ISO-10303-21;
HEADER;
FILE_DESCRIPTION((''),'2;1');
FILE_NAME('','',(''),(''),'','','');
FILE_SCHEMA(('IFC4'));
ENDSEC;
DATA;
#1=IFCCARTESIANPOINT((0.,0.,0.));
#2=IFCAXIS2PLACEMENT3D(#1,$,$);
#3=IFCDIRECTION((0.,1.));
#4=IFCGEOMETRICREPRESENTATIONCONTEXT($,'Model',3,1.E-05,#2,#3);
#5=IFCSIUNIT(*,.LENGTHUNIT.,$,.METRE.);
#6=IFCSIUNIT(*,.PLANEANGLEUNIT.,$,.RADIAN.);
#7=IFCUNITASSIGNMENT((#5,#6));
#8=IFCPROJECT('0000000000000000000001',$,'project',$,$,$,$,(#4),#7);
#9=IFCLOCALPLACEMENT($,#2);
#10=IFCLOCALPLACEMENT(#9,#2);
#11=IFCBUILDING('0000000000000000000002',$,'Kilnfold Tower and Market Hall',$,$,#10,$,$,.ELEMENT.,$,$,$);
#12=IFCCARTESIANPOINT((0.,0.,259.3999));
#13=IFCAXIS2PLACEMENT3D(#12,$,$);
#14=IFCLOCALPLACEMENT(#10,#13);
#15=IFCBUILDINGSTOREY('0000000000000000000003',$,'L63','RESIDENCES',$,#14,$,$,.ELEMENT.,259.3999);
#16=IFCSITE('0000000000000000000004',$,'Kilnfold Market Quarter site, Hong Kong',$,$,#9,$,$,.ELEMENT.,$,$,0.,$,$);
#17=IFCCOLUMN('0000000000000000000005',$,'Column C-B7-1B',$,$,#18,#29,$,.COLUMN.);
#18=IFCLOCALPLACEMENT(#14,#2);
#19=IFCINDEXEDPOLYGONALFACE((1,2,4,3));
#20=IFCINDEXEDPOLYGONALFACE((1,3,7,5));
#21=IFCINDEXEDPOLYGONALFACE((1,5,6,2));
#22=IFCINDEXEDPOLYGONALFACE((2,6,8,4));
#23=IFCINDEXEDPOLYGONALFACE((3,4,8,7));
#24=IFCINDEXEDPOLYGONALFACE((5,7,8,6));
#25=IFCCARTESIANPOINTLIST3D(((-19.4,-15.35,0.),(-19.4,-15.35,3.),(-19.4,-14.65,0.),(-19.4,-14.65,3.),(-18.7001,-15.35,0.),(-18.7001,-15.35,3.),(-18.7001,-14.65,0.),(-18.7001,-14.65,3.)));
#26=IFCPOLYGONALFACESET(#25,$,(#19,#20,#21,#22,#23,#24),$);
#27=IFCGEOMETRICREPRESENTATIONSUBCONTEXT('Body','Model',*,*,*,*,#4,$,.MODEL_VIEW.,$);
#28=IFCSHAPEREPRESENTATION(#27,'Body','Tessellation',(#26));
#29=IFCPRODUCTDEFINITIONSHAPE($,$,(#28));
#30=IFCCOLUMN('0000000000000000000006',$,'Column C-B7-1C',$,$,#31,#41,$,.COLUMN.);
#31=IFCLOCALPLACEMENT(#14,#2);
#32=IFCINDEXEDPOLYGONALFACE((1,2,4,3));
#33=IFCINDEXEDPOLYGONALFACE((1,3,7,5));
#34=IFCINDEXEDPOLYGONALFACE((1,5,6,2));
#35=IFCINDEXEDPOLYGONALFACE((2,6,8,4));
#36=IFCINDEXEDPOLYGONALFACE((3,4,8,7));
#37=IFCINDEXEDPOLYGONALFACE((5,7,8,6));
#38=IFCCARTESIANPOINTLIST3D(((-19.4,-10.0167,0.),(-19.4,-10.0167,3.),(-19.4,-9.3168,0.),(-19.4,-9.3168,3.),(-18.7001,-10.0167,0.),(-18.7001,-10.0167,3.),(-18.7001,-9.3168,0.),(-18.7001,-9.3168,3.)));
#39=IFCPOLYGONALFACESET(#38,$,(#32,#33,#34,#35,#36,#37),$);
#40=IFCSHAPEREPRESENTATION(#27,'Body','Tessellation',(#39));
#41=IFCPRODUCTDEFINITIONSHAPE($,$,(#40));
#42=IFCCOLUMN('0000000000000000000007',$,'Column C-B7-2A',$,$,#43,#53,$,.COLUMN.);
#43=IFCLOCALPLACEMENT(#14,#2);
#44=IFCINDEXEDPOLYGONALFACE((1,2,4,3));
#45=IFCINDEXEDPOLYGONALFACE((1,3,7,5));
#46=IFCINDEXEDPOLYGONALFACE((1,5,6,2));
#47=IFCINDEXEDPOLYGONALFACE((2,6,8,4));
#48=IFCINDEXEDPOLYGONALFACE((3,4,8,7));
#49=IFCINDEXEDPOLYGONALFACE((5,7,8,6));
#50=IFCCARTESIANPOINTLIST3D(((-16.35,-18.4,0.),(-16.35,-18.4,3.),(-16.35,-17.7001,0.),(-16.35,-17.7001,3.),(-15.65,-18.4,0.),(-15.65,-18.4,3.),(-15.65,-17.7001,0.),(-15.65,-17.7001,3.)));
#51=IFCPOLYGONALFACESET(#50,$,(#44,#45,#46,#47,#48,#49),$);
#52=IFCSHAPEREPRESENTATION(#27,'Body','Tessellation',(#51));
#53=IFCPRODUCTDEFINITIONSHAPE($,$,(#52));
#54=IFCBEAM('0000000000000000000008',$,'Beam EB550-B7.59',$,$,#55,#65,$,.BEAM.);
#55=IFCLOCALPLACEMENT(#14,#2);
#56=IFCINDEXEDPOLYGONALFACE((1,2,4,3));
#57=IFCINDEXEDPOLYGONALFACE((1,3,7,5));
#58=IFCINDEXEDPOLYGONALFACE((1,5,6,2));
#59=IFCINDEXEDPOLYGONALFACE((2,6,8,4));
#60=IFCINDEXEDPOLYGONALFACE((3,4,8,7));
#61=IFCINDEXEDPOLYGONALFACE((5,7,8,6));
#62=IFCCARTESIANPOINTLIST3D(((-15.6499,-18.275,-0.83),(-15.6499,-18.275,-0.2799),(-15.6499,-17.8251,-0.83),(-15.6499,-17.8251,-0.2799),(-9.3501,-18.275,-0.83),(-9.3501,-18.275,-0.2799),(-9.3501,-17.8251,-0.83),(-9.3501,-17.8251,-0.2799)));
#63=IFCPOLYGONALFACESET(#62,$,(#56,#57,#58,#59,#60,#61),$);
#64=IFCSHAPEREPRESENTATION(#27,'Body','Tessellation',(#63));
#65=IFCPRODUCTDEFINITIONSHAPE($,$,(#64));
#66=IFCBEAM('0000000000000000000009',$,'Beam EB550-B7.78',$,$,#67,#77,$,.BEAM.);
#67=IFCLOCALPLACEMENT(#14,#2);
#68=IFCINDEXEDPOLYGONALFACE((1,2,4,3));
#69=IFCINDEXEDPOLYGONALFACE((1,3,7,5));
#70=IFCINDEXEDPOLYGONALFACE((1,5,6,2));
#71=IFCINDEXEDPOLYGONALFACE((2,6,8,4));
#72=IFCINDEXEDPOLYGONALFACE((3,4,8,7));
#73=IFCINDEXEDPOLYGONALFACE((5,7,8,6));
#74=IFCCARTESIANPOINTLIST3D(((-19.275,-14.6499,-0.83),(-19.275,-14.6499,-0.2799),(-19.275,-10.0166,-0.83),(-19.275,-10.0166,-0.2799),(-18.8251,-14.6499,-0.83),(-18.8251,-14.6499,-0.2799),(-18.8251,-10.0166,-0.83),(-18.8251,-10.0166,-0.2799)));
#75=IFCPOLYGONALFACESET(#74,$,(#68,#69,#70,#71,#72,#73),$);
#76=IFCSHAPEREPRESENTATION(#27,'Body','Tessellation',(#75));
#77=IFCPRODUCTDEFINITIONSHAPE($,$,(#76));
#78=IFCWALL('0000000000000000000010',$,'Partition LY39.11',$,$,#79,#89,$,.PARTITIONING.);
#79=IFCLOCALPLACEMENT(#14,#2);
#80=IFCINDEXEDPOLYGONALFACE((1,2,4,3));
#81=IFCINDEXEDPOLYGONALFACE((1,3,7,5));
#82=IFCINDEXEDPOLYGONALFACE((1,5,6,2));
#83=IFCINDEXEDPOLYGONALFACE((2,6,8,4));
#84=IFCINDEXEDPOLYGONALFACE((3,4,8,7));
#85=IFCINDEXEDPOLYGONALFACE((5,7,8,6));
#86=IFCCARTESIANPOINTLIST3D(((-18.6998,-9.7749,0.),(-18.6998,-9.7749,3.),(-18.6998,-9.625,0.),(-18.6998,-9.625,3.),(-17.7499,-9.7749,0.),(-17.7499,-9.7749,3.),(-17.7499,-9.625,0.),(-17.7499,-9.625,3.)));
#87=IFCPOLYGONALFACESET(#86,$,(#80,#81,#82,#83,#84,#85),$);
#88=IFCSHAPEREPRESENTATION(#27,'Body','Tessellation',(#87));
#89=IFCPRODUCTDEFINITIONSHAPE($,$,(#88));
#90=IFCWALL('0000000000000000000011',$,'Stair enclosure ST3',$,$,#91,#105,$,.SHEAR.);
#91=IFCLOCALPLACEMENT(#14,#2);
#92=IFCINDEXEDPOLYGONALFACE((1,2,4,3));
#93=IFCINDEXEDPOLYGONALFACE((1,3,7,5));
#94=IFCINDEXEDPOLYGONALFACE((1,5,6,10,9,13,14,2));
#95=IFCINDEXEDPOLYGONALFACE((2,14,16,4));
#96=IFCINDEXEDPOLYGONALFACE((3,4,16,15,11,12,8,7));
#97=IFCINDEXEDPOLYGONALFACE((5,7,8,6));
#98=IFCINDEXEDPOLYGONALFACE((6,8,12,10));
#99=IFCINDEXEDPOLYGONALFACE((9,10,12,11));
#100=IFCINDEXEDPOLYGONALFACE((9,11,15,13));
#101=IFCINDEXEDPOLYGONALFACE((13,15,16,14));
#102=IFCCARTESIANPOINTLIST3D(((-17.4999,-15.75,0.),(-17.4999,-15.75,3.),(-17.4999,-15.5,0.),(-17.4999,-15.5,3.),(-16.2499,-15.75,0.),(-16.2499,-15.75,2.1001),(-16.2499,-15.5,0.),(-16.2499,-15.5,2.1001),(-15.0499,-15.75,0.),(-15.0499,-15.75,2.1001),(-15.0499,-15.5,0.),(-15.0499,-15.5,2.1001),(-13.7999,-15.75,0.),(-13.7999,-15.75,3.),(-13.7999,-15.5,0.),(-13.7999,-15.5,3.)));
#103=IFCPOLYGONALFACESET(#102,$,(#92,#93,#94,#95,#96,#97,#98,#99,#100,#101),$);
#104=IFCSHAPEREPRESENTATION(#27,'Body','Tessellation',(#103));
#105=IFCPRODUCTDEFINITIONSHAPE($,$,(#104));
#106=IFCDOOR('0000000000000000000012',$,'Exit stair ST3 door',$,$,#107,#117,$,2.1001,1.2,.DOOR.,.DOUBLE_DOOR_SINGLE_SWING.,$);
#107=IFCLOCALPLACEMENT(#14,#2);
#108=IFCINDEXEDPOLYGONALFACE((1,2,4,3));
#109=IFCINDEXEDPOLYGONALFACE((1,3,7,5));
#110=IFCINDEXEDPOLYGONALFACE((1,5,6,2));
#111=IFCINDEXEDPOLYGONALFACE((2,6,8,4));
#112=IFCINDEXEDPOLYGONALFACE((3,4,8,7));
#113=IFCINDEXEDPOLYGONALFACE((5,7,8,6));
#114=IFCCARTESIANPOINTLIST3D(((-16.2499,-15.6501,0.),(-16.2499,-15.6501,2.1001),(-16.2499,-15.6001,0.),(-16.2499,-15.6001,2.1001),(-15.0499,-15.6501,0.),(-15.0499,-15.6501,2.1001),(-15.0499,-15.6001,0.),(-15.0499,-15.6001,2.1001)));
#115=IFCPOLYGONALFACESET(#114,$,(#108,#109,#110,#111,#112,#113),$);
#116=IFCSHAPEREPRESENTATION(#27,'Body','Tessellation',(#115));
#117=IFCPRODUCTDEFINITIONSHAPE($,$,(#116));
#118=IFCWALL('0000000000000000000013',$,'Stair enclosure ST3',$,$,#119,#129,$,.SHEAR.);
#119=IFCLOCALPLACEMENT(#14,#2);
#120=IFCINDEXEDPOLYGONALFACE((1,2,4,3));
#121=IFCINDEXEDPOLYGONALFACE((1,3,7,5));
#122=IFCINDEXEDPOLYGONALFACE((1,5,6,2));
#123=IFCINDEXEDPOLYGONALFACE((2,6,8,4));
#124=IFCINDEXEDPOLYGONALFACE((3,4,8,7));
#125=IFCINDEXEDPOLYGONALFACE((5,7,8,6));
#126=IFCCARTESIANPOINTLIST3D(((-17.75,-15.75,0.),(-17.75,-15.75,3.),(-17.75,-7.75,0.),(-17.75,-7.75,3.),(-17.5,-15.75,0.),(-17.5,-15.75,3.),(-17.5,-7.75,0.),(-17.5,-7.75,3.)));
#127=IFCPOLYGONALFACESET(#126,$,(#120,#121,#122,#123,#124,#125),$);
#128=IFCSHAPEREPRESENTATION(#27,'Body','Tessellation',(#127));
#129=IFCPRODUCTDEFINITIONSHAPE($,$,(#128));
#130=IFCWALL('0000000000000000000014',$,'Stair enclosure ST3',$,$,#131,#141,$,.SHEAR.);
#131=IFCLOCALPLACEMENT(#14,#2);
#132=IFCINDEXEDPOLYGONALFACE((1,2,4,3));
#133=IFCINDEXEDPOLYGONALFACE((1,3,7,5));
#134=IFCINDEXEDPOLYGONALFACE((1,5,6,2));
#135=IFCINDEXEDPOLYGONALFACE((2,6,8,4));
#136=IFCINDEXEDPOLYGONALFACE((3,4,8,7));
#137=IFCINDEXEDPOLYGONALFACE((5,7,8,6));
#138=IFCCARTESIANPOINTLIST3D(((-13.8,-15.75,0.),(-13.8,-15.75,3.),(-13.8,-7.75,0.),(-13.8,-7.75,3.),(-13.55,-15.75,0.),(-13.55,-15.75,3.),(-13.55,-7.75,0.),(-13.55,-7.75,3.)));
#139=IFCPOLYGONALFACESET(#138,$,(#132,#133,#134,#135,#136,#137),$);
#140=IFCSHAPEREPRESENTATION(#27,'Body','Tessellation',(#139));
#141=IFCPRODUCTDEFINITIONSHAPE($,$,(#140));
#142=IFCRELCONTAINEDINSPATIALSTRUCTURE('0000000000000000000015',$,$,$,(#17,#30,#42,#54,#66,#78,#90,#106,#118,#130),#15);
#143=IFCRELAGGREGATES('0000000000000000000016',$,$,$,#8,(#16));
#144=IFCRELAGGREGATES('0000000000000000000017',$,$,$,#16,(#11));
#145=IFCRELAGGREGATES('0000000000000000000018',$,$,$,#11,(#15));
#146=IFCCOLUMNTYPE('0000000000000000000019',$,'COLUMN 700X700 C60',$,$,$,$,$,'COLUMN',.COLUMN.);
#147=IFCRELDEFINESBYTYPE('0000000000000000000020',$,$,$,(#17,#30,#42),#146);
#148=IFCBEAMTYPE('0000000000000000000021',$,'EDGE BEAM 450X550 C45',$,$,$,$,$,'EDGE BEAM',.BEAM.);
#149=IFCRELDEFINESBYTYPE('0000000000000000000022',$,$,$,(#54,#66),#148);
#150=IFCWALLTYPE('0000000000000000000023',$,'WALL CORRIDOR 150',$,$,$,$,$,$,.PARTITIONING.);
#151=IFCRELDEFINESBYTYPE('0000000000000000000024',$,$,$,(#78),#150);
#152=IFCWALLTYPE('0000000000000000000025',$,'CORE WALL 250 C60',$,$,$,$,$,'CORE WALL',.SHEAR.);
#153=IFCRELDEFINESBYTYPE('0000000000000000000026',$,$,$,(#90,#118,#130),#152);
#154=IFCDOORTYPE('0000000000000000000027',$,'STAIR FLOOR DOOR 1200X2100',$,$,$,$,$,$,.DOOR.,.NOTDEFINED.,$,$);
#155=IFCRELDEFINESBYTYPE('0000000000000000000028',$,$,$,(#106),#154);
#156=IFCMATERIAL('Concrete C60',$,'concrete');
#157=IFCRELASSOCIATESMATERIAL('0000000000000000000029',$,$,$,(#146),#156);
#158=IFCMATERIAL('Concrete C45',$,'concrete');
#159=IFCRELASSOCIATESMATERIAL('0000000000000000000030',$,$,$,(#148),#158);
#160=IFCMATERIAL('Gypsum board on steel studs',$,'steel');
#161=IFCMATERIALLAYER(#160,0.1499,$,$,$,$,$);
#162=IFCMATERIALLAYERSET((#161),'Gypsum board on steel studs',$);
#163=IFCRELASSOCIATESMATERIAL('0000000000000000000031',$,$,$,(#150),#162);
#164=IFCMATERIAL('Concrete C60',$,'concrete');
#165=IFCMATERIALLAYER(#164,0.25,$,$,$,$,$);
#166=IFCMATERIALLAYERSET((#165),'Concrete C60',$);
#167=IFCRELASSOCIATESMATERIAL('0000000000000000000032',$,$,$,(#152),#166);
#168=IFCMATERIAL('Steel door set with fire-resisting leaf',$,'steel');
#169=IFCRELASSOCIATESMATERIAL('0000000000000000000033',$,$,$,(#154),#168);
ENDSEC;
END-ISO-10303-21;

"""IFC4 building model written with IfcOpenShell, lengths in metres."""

from ifc_helpers import new_model, si_unit, direction, frame, frame_2d, origin, origin_2d, place, context, subcontext, project, spatial, rectangle, extrude, source, transform, mapped, material, layer, layer_set, material_profile, profile_set, type_object, element, fill, save


model = new_model("IFC4")

# Units and contexts
model_context = context("Model", 3, precision=1e-05, world=origin(), true_north=direction((0.0, 1.0)))
body_context = subcontext(model_context, "Body", "Model", "MODEL_VIEW")
ifc_project = project(units=[si_unit("LENGTHUNIT", "METRE"), si_unit("PLANEANGLEUNIT", "RADIAN")], contexts=[model_context])

# Site, building, storey
site_placement = place(None, origin())
site = spatial("IfcSite", under=ifc_project, at=site_placement, Name="Kilnfold Market Quarter site, Hong Kong", CompositionType="ELEMENT", RefElevation=0.0)
building_placement = place(site_placement, origin())
building = spatial("IfcBuilding", under=site, at=building_placement, Name="Kilnfold Tower and Market Hall", CompositionType="ELEMENT")
storey_placement = place(building_placement, frame((0.0, 0.0, 259.3999)))
storey = spatial("IfcBuildingStorey", under=building, at=storey_placement, Name="L63", Description="RESIDENCES", CompositionType="ELEMENT", Elevation=259.3999)

# Columns
ifc_material_1 = material(Name="Concrete C60", Category="concrete")
ifc_material_profile_1 = material_profile(ifc_material_1, rectangle(XDim=0.7, YDim=0.7, at=origin_2d()), Name="RC 700x700")
ifc_profile_set_1 = profile_set([ifc_material_profile_1], Name="Concrete C60")
column_type = type_object("IfcColumnType", Name="COLUMN 700X700 C60", ElementType="COLUMN", PredefinedType="COLUMN", material=ifc_profile_set_1)
shared_shape_1 = source(origin(), body_context, "Body", "SweptSolid", [
    extrude(rectangle(XDim=0.7, YDim=0.7, at=origin_2d()), origin(), (0.0, 0.0, 1.0), 3.0),
])
for number, where, z_axis, x_axis, name in (
    (1, (-19.05, -15.0, 0.0), (0.0, 0.0, 1.0), (1.0, 0.0, 0.0), "Column C-B7-1B"),
    (2, (-19.05, -9.6667, 0.0), (0.0, 0.0, 1.0), (1.0, 0.0, 0.0), "Column C-B7-1C"),
    (3, (-16.0, -18.05, 0.0), (0.0, 0.0, 1.0), (1.0, 0.0, 0.0), "Column C-B7-2A"),
):
    element("IfcColumn", number, at=place(storey_placement, frame(where, z_axis=z_axis, x_axis=x_axis)), inside=storey, type_object=column_type, Name=name, PredefinedType="COLUMN", context=body_context, shape_type="MappedRepresentation", body=[
        mapped(shared_shape_1, transform((0.0, 0.0, 0.0))),
    ])

# Beams
ifc_material_2 = material(Name="Concrete C45", Category="concrete")
ifc_material_profile_2 = material_profile(ifc_material_2, rectangle(XDim=0.45, YDim=0.55, at=origin_2d()), Name="RC 450x550")
ifc_profile_set_2 = profile_set([ifc_material_profile_2], Name="Concrete C45")
beam_type = type_object("IfcBeamType", Name="EDGE BEAM 450X550 C45", ElementType="EDGE BEAM", PredefinedType="BEAM", material=ifc_profile_set_2)
shared_shape_2 = source(origin(), body_context, "Body", "SweptSolid", [
    extrude(rectangle(XDim=0.45, YDim=0.55, at=origin_2d()), origin(), (0.0, 0.0, 1.0), 6.2998),
])
beam_1_placement = place(storey_placement, frame((-15.6499, -18.05, -0.5549), z_axis=(1.0, 0.0, 0.0), x_axis=(0.0, 1.0, 0.0)))
element("IfcBeam", 4, at=beam_1_placement, inside=storey, type_object=beam_type, Name="Beam EB550-B7.59", PredefinedType="BEAM", context=body_context, shape_type="MappedRepresentation", body=[
    mapped(shared_shape_2, transform((0.0, 0.0, 0.0))),
])
shared_shape_3 = source(origin(), body_context, "Body", "SweptSolid", [
    extrude(rectangle(XDim=0.45, YDim=0.55, at=origin_2d()), origin(), (0.0, 0.0, 1.0), 4.6333),
])
beam_2_placement = place(storey_placement, frame((-19.05, -14.6499, -0.5549), z_axis=(0.0, 1.0, 0.0), x_axis=(-1.0, 0.0, 0.0)))
element("IfcBeam", 5, at=beam_2_placement, inside=storey, type_object=beam_type, Name="Beam EB550-B7.78", PredefinedType="BEAM", context=body_context, shape_type="MappedRepresentation", body=[
    mapped(shared_shape_3, transform((0.0, 0.0, 0.0))),
])

# Wall
ifc_material_3 = material(Name="Gypsum board on steel studs", Category="steel")
ifc_layer_1 = layer(ifc_material_3, 0.1499)
ifc_layer_set_1 = layer_set([ifc_layer_1], Name="Gypsum board on steel studs")
wall_type_1 = type_object("IfcWallType", Name="WALL CORRIDOR 150", PredefinedType="PARTITIONING", material=ifc_layer_set_1)
wall_1_placement = place(storey_placement, frame((-18.7, -9.7, 0.0), z_axis=(0.0, 0.0, 1.0), x_axis=(1.0, 0.0, 0.0)))
element("IfcWall", 6, at=wall_1_placement, inside=storey, type_object=wall_type_1, Name="Partition LY39.11", PredefinedType="PARTITIONING", context=body_context, shape_type="SweptSolid", body=[
    extrude(rectangle(XDim=0.95, YDim=0.1499, at=frame_2d((0.4751, 0.0))), origin(), (0.0, 0.0, 1.0), 3.0),
])

# Wall, opening, door
ifc_material_4 = material(Name="Concrete C60", Category="concrete")
ifc_layer_2 = layer(ifc_material_4, 0.25)
ifc_layer_set_2 = layer_set([ifc_layer_2], Name="Concrete C60")
wall_type_2 = type_object("IfcWallType", Name="CORE WALL 250 C60", ElementType="CORE WALL", PredefinedType="SHEAR", material=ifc_layer_set_2)
shared_shape_4 = source(origin(), body_context, "Body", "SweptSolid", [
    extrude(rectangle(XDim=3.7, YDim=0.25, at=frame_2d((1.8501, 0.0))), origin(), (0.0, 0.0, 1.0), 3.0),
])
wall_2_placement = place(storey_placement, frame((-17.5, -15.625, 0.0), z_axis=(0.0, 0.0, 1.0), x_axis=(1.0, 0.0, 0.0)))
wall_2 = element("IfcWall", 7, at=wall_2_placement, inside=storey, type_object=wall_type_2, Name="Stair enclosure ST3", PredefinedType="SHEAR", context=body_context, shape_type="MappedRepresentation", body=[
    mapped(shared_shape_4, transform((0.0, 0.0, 0.0))),
])
opening_1_placement = place(wall_2_placement, frame((1.25, 0.0, 0.0)))
opening_1 = element("IfcOpeningElement", 8, at=opening_1_placement, cuts=wall_2, PredefinedType="OPENING", context=body_context, shape_type="SweptSolid", body=[
    extrude(rectangle(XDim=1.2, YDim=2.1001, at=frame_2d((0.6001, 1.05))), frame((0.0, 0.135, 0.0), z_axis=(0.0, -1.0, 0.0), x_axis=(1.0, 0.0, 0.0)), (0.0, 0.0, 1.0), 0.27),
])
ifc_material_5 = material(Name="Steel door set with fire-resisting leaf", Category="steel")
door_type = type_object("IfcDoorType", Name="STAIR FLOOR DOOR 1200X2100", OperationType="NOTDEFINED", PredefinedType="DOOR", material=ifc_material_5)
door_placement = place(opening_1_placement, origin())
door = element("IfcDoor", 9, at=door_placement, inside=storey, type_object=door_type, Name="Exit stair ST3 door", OperationType="DOUBLE_DOOR_SINGLE_SWING", OverallHeight=2.1001, OverallWidth=1.2, PredefinedType="DOOR", context=body_context, shape_type="SweptSolid", body=[
    extrude(rectangle(XDim=1.2, YDim=2.1001, at=frame_2d((0.6001, 1.05))), frame((0.0, 0.0249, 0.0), z_axis=(0.0, -1.0, 0.0), x_axis=(1.0, 0.0, 0.0)), (0.0, 0.0, 1.0), 0.05),
])
fill(opening_1, door)

# Walls
shared_shape_5 = source(origin(), body_context, "Body", "SweptSolid", [
    extrude(rectangle(XDim=8.0, YDim=0.25, at=frame_2d((4.0, 0.0))), origin(), (0.0, 0.0, 1.0), 3.0),
])
for number, where, z_axis, x_axis, name in (
    (10, (-17.625, -15.75, 0.0), (0.0, 0.0, 1.0), (0.0, 1.0, 0.0), "Stair enclosure ST3"),
    (11, (-13.675, -15.75, 0.0), (0.0, 0.0, 1.0), (0.0, 1.0, 0.0), "Stair enclosure ST3"),
):
    element("IfcWall", number, at=place(storey_placement, frame(where, z_axis=z_axis, x_axis=x_axis)), inside=storey, type_object=wall_type_2, Name=name, PredefinedType="SHEAR", context=body_context, shape_type="MappedRepresentation", body=[
        mapped(shared_shape_5, transform((0.0, 0.0, 0.0))),
    ])

save(model, "model.ifc")
